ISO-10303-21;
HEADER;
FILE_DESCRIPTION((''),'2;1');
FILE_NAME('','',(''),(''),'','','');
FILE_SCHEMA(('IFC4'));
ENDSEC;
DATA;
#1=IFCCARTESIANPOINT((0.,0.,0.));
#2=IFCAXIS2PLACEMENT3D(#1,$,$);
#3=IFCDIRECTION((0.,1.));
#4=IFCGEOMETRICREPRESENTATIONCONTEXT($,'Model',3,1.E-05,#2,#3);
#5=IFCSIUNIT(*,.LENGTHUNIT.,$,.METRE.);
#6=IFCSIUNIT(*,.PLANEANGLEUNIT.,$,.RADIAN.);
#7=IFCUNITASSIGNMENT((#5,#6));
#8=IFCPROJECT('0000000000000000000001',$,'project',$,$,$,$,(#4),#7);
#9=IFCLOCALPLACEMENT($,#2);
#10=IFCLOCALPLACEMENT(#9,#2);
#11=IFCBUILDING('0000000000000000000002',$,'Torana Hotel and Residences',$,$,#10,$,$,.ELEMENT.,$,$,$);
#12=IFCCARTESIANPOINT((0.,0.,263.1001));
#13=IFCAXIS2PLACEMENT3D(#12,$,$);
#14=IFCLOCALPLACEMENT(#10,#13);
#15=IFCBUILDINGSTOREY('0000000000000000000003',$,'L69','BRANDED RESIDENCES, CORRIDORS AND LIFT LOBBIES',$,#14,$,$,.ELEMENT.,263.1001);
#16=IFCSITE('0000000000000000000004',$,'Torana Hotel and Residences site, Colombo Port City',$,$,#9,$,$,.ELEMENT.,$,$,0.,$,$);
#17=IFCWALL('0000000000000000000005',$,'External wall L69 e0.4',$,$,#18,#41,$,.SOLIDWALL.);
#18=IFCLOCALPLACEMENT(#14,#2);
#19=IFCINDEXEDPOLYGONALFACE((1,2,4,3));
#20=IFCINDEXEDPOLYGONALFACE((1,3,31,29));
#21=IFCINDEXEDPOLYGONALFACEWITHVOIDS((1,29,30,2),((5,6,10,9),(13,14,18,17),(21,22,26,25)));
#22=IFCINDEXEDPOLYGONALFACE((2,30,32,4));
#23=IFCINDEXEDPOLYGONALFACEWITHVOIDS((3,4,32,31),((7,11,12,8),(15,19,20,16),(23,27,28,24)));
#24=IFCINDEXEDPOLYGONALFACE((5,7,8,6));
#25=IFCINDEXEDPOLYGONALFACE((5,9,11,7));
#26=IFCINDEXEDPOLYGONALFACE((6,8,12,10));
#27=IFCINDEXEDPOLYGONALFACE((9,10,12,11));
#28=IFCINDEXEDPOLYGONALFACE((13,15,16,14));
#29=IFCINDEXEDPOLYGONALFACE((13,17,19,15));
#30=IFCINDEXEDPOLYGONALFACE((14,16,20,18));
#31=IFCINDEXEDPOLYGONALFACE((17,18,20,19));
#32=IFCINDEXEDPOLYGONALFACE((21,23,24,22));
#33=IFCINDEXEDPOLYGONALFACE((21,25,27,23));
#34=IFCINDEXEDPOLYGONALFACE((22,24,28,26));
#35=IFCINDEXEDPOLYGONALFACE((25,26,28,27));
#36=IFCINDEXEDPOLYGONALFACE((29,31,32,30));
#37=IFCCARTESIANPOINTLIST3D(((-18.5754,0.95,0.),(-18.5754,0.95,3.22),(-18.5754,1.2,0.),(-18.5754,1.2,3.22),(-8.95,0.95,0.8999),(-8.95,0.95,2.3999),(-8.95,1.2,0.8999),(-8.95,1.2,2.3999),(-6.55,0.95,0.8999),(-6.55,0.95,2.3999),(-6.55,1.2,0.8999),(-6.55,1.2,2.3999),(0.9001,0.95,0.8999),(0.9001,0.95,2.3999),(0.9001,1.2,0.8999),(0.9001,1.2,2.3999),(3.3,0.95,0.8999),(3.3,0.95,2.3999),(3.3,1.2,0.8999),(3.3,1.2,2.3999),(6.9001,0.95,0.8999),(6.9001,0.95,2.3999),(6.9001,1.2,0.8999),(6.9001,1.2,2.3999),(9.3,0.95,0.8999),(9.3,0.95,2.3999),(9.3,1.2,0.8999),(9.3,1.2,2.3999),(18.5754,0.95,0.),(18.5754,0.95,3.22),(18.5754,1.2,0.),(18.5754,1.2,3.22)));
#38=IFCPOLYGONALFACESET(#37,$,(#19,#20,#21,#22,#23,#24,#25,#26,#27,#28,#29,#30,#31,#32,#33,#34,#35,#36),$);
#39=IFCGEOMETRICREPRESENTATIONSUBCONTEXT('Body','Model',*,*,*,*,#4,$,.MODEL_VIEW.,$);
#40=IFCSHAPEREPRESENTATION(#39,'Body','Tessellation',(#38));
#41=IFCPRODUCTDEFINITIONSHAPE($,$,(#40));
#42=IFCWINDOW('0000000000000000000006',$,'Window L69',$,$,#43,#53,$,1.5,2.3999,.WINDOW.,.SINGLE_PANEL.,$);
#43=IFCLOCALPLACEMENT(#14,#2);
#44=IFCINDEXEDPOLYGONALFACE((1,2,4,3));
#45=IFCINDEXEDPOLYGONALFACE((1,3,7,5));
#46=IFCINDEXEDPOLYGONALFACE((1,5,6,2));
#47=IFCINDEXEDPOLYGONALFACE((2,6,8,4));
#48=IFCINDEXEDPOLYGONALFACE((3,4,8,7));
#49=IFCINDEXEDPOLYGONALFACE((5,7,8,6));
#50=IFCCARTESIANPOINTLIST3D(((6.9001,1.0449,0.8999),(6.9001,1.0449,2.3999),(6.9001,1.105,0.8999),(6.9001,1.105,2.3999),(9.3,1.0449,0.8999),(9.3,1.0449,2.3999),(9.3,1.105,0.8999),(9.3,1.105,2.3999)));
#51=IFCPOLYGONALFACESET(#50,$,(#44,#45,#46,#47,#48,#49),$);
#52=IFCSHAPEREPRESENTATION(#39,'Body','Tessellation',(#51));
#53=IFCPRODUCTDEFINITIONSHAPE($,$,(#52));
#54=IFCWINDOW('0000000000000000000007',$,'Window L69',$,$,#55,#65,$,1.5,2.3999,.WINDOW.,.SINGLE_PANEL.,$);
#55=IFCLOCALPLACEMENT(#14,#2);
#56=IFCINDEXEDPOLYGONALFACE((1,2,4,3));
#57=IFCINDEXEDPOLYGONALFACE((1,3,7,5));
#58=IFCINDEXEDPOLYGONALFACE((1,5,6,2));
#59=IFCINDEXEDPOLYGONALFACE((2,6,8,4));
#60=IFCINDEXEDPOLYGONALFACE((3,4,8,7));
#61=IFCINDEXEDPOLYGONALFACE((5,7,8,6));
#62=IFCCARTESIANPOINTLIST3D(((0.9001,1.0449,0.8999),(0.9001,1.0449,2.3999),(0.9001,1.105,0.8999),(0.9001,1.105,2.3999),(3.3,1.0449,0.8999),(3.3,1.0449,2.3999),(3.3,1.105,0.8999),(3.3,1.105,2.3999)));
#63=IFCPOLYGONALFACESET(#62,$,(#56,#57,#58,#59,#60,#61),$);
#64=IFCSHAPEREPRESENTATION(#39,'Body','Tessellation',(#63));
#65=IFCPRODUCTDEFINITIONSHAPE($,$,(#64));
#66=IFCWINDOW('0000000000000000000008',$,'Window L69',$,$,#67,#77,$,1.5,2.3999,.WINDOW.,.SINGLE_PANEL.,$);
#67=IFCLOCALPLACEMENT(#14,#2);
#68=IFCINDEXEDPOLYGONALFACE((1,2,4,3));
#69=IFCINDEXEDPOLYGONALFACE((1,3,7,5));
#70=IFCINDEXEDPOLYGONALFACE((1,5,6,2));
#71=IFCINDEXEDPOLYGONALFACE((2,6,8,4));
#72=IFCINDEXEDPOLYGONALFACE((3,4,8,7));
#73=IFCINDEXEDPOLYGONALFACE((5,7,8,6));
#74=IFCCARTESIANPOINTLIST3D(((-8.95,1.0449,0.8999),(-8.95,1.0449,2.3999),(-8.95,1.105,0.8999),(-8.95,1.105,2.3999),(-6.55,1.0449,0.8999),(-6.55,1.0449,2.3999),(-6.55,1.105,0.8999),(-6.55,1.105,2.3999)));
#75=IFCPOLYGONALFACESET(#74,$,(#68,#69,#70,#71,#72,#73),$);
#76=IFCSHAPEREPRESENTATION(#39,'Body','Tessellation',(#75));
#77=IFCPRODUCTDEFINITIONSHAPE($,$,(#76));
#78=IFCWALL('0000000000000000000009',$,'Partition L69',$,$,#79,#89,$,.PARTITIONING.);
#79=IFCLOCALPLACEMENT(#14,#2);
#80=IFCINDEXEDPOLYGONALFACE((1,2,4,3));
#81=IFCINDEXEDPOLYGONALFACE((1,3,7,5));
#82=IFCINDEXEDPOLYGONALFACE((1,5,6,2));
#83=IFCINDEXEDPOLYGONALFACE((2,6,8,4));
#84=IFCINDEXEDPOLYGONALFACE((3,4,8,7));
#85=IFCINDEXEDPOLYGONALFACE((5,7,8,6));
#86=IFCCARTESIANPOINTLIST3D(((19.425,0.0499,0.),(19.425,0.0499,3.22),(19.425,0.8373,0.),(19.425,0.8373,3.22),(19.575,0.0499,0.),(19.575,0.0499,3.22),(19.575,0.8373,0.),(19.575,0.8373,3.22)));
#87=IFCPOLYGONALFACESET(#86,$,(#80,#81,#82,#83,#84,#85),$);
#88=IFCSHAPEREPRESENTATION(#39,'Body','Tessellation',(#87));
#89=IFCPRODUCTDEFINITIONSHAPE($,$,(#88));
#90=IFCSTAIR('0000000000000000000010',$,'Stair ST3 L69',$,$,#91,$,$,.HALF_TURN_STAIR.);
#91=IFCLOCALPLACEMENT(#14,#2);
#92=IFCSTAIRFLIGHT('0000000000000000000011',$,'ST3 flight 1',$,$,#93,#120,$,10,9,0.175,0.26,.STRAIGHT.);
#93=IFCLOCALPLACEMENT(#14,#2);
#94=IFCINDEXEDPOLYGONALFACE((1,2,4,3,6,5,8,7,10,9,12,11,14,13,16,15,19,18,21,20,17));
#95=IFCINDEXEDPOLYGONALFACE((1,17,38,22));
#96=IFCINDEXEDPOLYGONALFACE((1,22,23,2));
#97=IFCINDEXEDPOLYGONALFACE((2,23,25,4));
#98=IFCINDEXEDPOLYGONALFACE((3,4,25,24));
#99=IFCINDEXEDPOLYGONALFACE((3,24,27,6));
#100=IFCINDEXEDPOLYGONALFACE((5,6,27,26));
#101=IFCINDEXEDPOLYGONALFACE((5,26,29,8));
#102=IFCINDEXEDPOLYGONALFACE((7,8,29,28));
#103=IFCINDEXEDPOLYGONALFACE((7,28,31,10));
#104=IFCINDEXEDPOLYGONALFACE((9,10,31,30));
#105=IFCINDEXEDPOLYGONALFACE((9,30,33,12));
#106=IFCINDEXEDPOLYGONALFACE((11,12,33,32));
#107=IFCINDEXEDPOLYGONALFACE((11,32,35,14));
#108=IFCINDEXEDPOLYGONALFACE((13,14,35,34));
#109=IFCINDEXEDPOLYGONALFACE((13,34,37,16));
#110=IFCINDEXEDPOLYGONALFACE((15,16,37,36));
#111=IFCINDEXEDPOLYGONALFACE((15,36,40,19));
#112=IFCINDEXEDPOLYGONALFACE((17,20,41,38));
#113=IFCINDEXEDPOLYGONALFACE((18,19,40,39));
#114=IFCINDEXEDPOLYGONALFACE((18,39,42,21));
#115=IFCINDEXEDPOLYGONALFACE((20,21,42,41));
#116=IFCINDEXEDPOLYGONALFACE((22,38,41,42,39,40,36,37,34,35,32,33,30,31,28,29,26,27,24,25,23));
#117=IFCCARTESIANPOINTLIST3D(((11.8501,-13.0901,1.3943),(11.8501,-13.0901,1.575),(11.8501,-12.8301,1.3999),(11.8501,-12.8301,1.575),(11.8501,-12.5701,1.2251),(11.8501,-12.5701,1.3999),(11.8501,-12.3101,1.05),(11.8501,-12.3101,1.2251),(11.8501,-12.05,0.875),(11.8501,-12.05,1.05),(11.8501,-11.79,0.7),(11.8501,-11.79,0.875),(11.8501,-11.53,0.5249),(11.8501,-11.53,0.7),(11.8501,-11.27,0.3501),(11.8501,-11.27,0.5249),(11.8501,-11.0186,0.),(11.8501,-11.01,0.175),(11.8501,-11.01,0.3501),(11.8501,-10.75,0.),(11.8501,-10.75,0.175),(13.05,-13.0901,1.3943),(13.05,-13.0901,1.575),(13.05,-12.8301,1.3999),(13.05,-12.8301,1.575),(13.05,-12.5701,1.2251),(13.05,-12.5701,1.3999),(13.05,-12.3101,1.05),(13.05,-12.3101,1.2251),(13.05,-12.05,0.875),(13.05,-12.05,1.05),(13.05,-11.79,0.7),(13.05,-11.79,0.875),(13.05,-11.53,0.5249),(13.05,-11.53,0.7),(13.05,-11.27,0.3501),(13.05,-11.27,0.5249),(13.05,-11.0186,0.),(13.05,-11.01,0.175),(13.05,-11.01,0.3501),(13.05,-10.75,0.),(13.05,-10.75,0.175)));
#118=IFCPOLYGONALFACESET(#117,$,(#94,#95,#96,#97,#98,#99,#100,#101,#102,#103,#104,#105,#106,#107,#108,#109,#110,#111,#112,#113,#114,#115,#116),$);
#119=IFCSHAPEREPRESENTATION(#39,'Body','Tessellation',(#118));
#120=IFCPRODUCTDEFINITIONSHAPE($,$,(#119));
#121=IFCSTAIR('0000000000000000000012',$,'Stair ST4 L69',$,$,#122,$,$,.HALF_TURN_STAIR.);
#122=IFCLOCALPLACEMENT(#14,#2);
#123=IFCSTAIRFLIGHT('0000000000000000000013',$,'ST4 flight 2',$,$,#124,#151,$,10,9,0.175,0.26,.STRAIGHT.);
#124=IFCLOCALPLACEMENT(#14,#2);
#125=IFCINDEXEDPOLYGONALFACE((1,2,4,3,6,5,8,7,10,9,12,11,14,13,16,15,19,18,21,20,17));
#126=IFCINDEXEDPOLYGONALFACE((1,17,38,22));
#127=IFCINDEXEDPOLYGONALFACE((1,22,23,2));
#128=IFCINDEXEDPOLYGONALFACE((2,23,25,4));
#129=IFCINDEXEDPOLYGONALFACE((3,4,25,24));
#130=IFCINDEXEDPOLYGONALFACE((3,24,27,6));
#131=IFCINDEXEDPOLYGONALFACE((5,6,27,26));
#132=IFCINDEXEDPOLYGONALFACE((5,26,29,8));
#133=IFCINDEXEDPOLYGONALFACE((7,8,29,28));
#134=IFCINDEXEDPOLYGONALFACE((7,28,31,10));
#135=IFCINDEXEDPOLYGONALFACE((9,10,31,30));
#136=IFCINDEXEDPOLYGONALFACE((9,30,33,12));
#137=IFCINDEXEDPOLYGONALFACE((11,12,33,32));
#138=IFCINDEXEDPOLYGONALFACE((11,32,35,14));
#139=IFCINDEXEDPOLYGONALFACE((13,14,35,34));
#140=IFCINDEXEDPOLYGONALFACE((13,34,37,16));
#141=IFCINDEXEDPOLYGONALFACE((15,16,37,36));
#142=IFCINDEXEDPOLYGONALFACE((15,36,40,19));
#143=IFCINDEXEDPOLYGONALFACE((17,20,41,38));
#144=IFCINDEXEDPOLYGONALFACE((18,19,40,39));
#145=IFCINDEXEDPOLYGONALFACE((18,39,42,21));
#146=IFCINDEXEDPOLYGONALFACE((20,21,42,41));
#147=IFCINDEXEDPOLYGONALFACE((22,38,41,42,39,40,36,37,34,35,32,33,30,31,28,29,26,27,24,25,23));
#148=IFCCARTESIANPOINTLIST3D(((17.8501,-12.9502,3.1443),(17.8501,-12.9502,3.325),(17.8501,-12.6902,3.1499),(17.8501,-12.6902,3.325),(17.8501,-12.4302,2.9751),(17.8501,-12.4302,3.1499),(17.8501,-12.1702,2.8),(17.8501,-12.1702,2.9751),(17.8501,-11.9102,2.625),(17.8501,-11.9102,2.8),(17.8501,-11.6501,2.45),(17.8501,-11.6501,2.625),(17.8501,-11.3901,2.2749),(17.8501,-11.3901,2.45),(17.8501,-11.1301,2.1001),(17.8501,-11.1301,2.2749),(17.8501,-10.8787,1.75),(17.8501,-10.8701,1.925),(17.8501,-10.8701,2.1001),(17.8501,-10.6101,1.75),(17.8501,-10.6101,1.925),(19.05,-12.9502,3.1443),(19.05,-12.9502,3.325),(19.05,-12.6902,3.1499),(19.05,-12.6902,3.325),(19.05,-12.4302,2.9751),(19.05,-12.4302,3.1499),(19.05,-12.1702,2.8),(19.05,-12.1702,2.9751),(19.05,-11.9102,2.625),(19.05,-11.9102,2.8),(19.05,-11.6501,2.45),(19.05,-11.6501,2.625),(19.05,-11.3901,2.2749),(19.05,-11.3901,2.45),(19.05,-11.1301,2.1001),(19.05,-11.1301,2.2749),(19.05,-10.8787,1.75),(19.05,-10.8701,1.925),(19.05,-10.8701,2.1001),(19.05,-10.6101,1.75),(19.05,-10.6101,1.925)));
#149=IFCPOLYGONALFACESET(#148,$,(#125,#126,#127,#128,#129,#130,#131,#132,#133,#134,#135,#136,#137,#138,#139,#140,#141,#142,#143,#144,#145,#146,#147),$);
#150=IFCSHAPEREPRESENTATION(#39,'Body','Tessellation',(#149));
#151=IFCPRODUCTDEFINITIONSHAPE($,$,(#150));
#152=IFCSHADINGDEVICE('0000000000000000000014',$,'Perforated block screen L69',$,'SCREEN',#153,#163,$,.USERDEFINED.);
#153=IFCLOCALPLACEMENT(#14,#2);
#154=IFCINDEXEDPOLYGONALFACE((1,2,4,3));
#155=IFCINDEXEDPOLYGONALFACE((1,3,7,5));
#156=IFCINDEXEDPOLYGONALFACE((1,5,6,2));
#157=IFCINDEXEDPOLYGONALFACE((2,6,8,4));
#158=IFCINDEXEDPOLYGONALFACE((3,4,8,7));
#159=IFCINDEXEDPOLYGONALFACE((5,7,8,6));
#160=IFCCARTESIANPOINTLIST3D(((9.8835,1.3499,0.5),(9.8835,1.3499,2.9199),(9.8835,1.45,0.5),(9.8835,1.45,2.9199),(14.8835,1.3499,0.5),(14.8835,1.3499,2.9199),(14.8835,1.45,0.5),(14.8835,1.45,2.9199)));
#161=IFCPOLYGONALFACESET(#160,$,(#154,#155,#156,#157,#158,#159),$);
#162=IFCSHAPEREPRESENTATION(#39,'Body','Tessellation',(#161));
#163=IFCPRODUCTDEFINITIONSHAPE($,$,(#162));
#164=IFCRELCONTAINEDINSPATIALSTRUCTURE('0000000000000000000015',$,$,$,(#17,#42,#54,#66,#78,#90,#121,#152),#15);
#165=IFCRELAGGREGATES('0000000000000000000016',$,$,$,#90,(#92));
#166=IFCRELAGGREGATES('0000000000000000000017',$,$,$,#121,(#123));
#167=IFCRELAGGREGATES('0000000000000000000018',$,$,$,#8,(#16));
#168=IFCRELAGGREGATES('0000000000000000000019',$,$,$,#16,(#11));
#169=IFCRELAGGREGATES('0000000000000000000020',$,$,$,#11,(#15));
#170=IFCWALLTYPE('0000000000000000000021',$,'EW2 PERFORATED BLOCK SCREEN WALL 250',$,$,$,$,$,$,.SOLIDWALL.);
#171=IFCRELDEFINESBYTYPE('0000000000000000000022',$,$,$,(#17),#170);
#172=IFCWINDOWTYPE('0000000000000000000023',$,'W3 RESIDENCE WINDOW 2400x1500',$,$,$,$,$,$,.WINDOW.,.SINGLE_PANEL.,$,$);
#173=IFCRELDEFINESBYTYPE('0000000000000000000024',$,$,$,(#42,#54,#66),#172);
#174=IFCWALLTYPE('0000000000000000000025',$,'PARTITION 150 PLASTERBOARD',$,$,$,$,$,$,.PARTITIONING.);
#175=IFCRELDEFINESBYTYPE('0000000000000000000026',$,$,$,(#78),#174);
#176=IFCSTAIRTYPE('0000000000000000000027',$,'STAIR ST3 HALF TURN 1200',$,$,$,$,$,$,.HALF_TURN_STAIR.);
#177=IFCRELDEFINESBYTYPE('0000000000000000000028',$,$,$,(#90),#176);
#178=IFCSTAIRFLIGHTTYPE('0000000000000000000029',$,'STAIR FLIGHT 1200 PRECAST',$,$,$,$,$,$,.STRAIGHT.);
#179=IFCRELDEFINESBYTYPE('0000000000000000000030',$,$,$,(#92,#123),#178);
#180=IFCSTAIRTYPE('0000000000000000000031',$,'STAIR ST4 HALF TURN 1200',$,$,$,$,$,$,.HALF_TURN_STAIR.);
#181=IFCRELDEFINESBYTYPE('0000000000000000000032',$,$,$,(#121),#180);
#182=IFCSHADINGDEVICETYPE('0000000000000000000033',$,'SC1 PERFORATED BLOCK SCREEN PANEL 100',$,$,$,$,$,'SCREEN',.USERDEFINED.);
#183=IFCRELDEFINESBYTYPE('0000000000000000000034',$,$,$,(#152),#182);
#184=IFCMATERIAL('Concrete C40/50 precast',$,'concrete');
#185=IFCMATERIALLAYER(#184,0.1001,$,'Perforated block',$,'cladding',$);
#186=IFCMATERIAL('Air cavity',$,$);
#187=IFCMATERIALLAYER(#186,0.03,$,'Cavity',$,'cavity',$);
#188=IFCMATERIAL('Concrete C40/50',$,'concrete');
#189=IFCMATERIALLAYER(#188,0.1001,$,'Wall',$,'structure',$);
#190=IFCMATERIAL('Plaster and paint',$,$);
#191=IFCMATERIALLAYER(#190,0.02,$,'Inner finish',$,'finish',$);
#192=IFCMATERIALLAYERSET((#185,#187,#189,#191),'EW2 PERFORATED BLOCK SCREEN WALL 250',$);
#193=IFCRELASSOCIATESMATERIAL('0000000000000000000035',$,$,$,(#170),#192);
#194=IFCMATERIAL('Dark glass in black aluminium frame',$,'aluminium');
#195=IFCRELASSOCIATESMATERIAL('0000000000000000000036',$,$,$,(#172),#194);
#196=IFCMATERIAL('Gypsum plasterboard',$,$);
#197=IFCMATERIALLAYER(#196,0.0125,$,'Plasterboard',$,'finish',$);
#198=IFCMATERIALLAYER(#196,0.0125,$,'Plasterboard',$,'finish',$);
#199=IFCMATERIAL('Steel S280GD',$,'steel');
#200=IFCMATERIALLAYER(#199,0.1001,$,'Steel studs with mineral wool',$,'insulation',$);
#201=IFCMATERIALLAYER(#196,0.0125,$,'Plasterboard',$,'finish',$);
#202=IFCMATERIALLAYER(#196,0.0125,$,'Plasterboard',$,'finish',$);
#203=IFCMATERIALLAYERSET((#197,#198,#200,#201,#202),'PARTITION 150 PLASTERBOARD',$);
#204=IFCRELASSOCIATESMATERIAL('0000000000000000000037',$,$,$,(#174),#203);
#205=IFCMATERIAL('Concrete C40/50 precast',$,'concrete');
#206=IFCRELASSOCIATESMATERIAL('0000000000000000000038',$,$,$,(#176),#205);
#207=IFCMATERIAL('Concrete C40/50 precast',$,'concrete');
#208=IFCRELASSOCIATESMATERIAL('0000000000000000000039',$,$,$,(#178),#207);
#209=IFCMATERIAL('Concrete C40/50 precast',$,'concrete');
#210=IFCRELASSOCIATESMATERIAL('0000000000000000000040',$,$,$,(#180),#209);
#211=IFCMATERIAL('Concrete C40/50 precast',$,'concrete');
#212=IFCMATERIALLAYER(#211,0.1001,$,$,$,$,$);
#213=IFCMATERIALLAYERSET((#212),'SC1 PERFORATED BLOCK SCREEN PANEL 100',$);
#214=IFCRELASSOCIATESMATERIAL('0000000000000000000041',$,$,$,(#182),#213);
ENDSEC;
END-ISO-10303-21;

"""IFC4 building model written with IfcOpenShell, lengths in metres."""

from ifc_helpers import new_model, si_unit, direction, frame, frame_2d, origin, origin_2d, place, context, subcontext, project, spatial, polyline, rectangle, outline, extrude, material, layer, layer_set, type_object, element, fill, aggregate, save


model = new_model("IFC4")

# Units and contexts
model_context = context("Model", 3, precision=1e-05, world=origin(), true_north=direction((0.0, 1.0)))
body_context = subcontext(model_context, "Body", "Model", "MODEL_VIEW")
ifc_project = project(units=[si_unit("LENGTHUNIT", "METRE"), si_unit("PLANEANGLEUNIT", "RADIAN")], contexts=[model_context])

# Site, building, storey
site_placement = place(None, origin())
site = spatial("IfcSite", under=ifc_project, at=site_placement, Name="Torana Hotel and Residences site, Colombo Port City", CompositionType="ELEMENT", RefElevation=0.0)
building_placement = place(site_placement, origin())
building = spatial("IfcBuilding", under=site, at=building_placement, Name="Torana Hotel and Residences", CompositionType="ELEMENT")
storey_placement = place(building_placement, frame((0.0, 0.0, 263.1001)))
storey = spatial("IfcBuildingStorey", under=building, at=storey_placement, Name="L69", Description="BRANDED RESIDENCES, CORRIDORS AND LIFT LOBBIES", CompositionType="ELEMENT", Elevation=263.1001)

# Wall, openings, windows
ifc_material_1 = material(Name="Concrete C40/50 precast", Category="concrete")
ifc_layer_1 = layer(ifc_material_1, 0.1001, Name="Perforated block", Category="cladding")
ifc_material_2 = material(Name="Air cavity")
ifc_layer_2 = layer(ifc_material_2, 0.03, Name="Cavity", Category="cavity")
ifc_material_3 = material(Name="Concrete C40/50", Category="concrete")
ifc_layer_3 = layer(ifc_material_3, 0.1001, Name="Wall", Category="structure")
ifc_material_4 = material(Name="Plaster and paint")
ifc_layer_4 = layer(ifc_material_4, 0.02, Name="Inner finish", Category="finish")
ifc_layer_set_1 = layer_set([ifc_layer_1, ifc_layer_2, ifc_layer_3, ifc_layer_4], Name="EW2 PERFORATED BLOCK SCREEN WALL 250")
wall_type_1 = type_object("IfcWallType", Name="EW2 PERFORATED BLOCK SCREEN WALL 250", PredefinedType="SOLIDWALL", material=ifc_layer_set_1)
wall_1_placement = place(storey_placement, frame((18.5754, 1.075, 0.0), z_axis=(0.0, 0.0, 1.0), x_axis=(-1.0, 0.0, 0.0)))
wall_1 = element("IfcWall", 1, at=wall_1_placement, inside=storey, type_object=wall_type_1, Name="External wall L69 e0.4", PredefinedType="SOLIDWALL", context=body_context, shape_type="SweptSolid", body=[
    extrude(rectangle(XDim=37.1509, YDim=0.25, at=frame_2d((18.5754, 0.0))), origin(), (0.0, 0.0, 1.0), 3.22),
])
opening_1_placement = place(wall_1_placement, frame((9.2754, 0.0, 0.8999)))
opening_1 = element("IfcOpeningElement", 2, at=opening_1_placement, cuts=wall_1, PredefinedType="OPENING", context=body_context, shape_type="SweptSolid", body=[
    extrude(rectangle(XDim=2.3999, YDim=1.5, at=frame_2d((1.2, 0.75))), frame((0.0, 0.135, 0.0), z_axis=(0.0, -1.0, 0.0), x_axis=(1.0, 0.0, 0.0)), (0.0, 0.0, 1.0), 0.27),
])
opening_2_placement = place(wall_1_placement, frame((15.2754, 0.0, 0.8999)))
opening_2 = element("IfcOpeningElement", 3, at=opening_2_placement, cuts=wall_1, PredefinedType="OPENING", context=body_context, shape_type="SweptSolid", body=[
    extrude(rectangle(XDim=2.3999, YDim=1.5, at=frame_2d((1.2, 0.75))), frame((0.0, 0.135, 0.0), z_axis=(0.0, -1.0, 0.0), x_axis=(1.0, 0.0, 0.0)), (0.0, 0.0, 1.0), 0.27),
])
opening_3_placement = place(wall_1_placement, frame((25.1255, 0.0, 0.8999)))
opening_3 = element("IfcOpeningElement", 4, at=opening_3_placement, cuts=wall_1, PredefinedType="OPENING", context=body_context, shape_type="SweptSolid", body=[
    extrude(rectangle(XDim=2.3999, YDim=1.5, at=frame_2d((1.2, 0.75))), frame((0.0, 0.135, 0.0), z_axis=(0.0, -1.0, 0.0), x_axis=(1.0, 0.0, 0.0)), (0.0, 0.0, 1.0), 0.27),
])
ifc_material_5 = material(Name="Dark glass in black aluminium frame", Category="aluminium")
window_type = type_object("IfcWindowType", Name="W3 RESIDENCE WINDOW 2400x1500", PartitioningType="SINGLE_PANEL", PredefinedType="WINDOW", material=ifc_material_5)
window_1_placement = place(opening_1_placement, origin())
window_1 = element("IfcWindow", 5, at=window_1_placement, inside=storey, type_object=window_type, Name="Window L69", OverallHeight=1.5, OverallWidth=2.3999, PartitioningType="SINGLE_PANEL", PredefinedType="WINDOW", context=body_context, shape_type="SweptSolid", body=[
    extrude(rectangle(XDim=2.3999, YDim=1.5, at=frame_2d((1.2, 0.75))), frame((0.0, 0.03, 0.0), z_axis=(0.0, -1.0, 0.0), x_axis=(1.0, 0.0, 0.0)), (0.0, 0.0, 1.0), 0.0601),
])
fill(opening_1, window_1)
window_2_placement = place(opening_2_placement, origin())
window_2 = element("IfcWindow", 6, at=window_2_placement, inside=storey, type_object=window_type, Name="Window L69", OverallHeight=1.5, OverallWidth=2.3999, PartitioningType="SINGLE_PANEL", PredefinedType="WINDOW", context=body_context, shape_type="SweptSolid", body=[
    extrude(rectangle(XDim=2.3999, YDim=1.5, at=frame_2d((1.2, 0.75))), frame((0.0, 0.03, 0.0), z_axis=(0.0, -1.0, 0.0), x_axis=(1.0, 0.0, 0.0)), (0.0, 0.0, 1.0), 0.0601),
])
fill(opening_2, window_2)
window_3_placement = place(opening_3_placement, origin())
window_3 = element("IfcWindow", 7, at=window_3_placement, inside=storey, type_object=window_type, Name="Window L69", OverallHeight=1.5, OverallWidth=2.3999, PartitioningType="SINGLE_PANEL", PredefinedType="WINDOW", context=body_context, shape_type="SweptSolid", body=[
    extrude(rectangle(XDim=2.3999, YDim=1.5, at=frame_2d((1.2, 0.75))), frame((0.0, 0.03, 0.0), z_axis=(0.0, -1.0, 0.0), x_axis=(1.0, 0.0, 0.0)), (0.0, 0.0, 1.0), 0.0601),
])
fill(opening_3, window_3)

# Wall
ifc_material_6 = material(Name="Gypsum plasterboard")
ifc_layer_5 = layer(ifc_material_6, 0.0125, Name="Plasterboard", Category="finish")
ifc_layer_6 = layer(ifc_material_6, 0.0125, Name="Plasterboard", Category="finish")
ifc_material_7 = material(Name="Steel S280GD", Category="steel")
ifc_layer_7 = layer(ifc_material_7, 0.1001, Name="Steel studs with mineral wool", Category="insulation")
ifc_layer_8 = layer(ifc_material_6, 0.0125, Name="Plasterboard", Category="finish")
ifc_layer_9 = layer(ifc_material_6, 0.0125, Name="Plasterboard", Category="finish")
ifc_layer_set_2 = layer_set([ifc_layer_5, ifc_layer_6, ifc_layer_7, ifc_layer_8, ifc_layer_9], Name="PARTITION 150 PLASTERBOARD")
wall_type_2 = type_object("IfcWallType", Name="PARTITION 150 PLASTERBOARD", PredefinedType="PARTITIONING", material=ifc_layer_set_2)
wall_2_placement = place(storey_placement, frame((19.5, 0.05, 0.0), z_axis=(0.0, 0.0, 1.0), x_axis=(0.0, 1.0, 0.0)))
element("IfcWall", 8, at=wall_2_placement, inside=storey, type_object=wall_type_2, Name="Partition L69", PredefinedType="PARTITIONING", context=body_context, shape_type="SweptSolid", body=[
    extrude(rectangle(XDim=0.7874, YDim=0.1499, at=frame_2d((0.3936, 0.0))), origin(), (0.0, 0.0, 1.0), 3.22),
])

# Stairs, stair flights
ifc_material_8 = material(Name="Concrete C40/50 precast", Category="concrete")
stair_type_1 = type_object("IfcStairType", Name="STAIR ST3 HALF TURN 1200", PredefinedType="HALF_TURN_STAIR", material=ifc_material_8)
stair_1_placement = place(storey_placement, origin())
stair_1 = element("IfcStair", 9, at=stair_1_placement, inside=storey, type_object=stair_type_1, Name="Stair ST3 L69", PredefinedType="HALF_TURN_STAIR")
ifc_material_9 = material(Name="Concrete C40/50 precast", Category="concrete")
stair_flight_type = type_object("IfcStairFlightType", Name="STAIR FLIGHT 1200 PRECAST", PredefinedType="STRAIGHT", material=ifc_material_9)
stair_flight_1_placement = place(storey_placement, frame((12.45, -10.75, 0.0), z_axis=(0.0, 0.0, 1.0), x_axis=(0.0, -1.0, 0.0)))
stair_flight_1 = element("IfcStairFlight", 10, at=stair_flight_1_placement, type_object=stair_flight_type, Name="ST3 flight 1", NumberOfRisers=10, NumberOfTreads=9, PredefinedType="STRAIGHT", RiserHeight=0.175, TreadLength=0.26, context=body_context, shape_type="SweptSolid", body=[
    extrude(outline(polyline([(0.0, 0.0), (0.0, 0.175), (0.26, 0.175), (0.26, 0.3501), (0.52, 0.3501), (0.52, 0.5249), (0.78, 0.5249), (0.78, 0.7), (1.04, 0.7), (1.04, 0.875), (1.3, 0.875), (1.3, 1.05), (1.5601, 1.05), (1.5601, 1.2251), (1.8201, 1.2251), (1.8201, 1.3999), (2.0801, 1.3999), (2.0801, 1.575), (2.3401, 1.575), (2.3401, 1.75), (2.3401, 1.3943), (0.2686, 0.0), (0.0, 0.0)])), frame((0.0, 0.6001, 0.0), z_axis=(0.0, -1.0, 0.0), x_axis=(1.0, 0.0, 0.0)), (0.0, 0.0, 1.0), 1.2),
])
aggregate(stair_1, [stair_flight_1])
ifc_material_10 = material(Name="Concrete C40/50 precast", Category="concrete")
stair_type_2 = type_object("IfcStairType", Name="STAIR ST4 HALF TURN 1200", PredefinedType="HALF_TURN_STAIR", material=ifc_material_10)
stair_2_placement = place(storey_placement, origin())
stair_2 = element("IfcStair", 11, at=stair_2_placement, inside=storey, type_object=stair_type_2, Name="Stair ST4 L69", PredefinedType="HALF_TURN_STAIR")
stair_flight_2_placement = place(storey_placement, frame((18.45, -10.6101, 1.75), z_axis=(0.0, 0.0, 1.0), x_axis=(0.0, -1.0, 0.0)))
stair_flight_2 = element("IfcStairFlight", 12, at=stair_flight_2_placement, type_object=stair_flight_type, Name="ST4 flight 2", NumberOfRisers=10, NumberOfTreads=9, PredefinedType="STRAIGHT", RiserHeight=0.175, TreadLength=0.26, context=body_context, shape_type="SweptSolid", body=[
    extrude(outline(polyline([(0.0, 0.0), (0.0, 0.175), (0.26, 0.175), (0.26, 0.3501), (0.52, 0.3501), (0.52, 0.5249), (0.78, 0.5249), (0.78, 0.7), (1.04, 0.7), (1.04, 0.875), (1.3, 0.875), (1.3, 1.05), (1.5601, 1.05), (1.5601, 1.2251), (1.8201, 1.2251), (1.8201, 1.3999), (2.0801, 1.3999), (2.0801, 1.575), (2.3401, 1.575), (2.3401, 1.75), (2.3401, 1.3943), (0.2686, 0.0), (0.0, 0.0)])), frame((0.0, 0.6001, 0.0), z_axis=(0.0, -1.0, 0.0), x_axis=(1.0, 0.0, 0.0)), (0.0, 0.0, 1.0), 1.2),
])
aggregate(stair_2, [stair_flight_2])

# Shading device
ifc_material_11 = material(Name="Concrete C40/50 precast", Category="concrete")
ifc_layer_10 = layer(ifc_material_11, 0.1001)
ifc_layer_set_3 = layer_set([ifc_layer_10], Name="SC1 PERFORATED BLOCK SCREEN PANEL 100")
shading_device_type = type_object("IfcShadingDeviceType", Name="SC1 PERFORATED BLOCK SCREEN PANEL 100", ElementType="SCREEN", PredefinedType="USERDEFINED", material=ifc_layer_set_3)
shading_device_placement = place(storey_placement, frame((12.3835, 1.3999, 0.5), z_axis=(0.0, 0.0, 1.0), x_axis=(-1.0, 0.0, 0.0)))
element("IfcShadingDevice", 13, at=shading_device_placement, inside=storey, type_object=shading_device_type, Name="Perforated block screen L69", ObjectType="SCREEN", PredefinedType="USERDEFINED", context=body_context, shape_type="SweptSolid", body=[
    extrude(rectangle(XDim=5.0, YDim=0.1001, at=origin_2d()), origin(), (0.0, 0.0, 1.0), 2.4199),
])

save(model, "model.ifc")
